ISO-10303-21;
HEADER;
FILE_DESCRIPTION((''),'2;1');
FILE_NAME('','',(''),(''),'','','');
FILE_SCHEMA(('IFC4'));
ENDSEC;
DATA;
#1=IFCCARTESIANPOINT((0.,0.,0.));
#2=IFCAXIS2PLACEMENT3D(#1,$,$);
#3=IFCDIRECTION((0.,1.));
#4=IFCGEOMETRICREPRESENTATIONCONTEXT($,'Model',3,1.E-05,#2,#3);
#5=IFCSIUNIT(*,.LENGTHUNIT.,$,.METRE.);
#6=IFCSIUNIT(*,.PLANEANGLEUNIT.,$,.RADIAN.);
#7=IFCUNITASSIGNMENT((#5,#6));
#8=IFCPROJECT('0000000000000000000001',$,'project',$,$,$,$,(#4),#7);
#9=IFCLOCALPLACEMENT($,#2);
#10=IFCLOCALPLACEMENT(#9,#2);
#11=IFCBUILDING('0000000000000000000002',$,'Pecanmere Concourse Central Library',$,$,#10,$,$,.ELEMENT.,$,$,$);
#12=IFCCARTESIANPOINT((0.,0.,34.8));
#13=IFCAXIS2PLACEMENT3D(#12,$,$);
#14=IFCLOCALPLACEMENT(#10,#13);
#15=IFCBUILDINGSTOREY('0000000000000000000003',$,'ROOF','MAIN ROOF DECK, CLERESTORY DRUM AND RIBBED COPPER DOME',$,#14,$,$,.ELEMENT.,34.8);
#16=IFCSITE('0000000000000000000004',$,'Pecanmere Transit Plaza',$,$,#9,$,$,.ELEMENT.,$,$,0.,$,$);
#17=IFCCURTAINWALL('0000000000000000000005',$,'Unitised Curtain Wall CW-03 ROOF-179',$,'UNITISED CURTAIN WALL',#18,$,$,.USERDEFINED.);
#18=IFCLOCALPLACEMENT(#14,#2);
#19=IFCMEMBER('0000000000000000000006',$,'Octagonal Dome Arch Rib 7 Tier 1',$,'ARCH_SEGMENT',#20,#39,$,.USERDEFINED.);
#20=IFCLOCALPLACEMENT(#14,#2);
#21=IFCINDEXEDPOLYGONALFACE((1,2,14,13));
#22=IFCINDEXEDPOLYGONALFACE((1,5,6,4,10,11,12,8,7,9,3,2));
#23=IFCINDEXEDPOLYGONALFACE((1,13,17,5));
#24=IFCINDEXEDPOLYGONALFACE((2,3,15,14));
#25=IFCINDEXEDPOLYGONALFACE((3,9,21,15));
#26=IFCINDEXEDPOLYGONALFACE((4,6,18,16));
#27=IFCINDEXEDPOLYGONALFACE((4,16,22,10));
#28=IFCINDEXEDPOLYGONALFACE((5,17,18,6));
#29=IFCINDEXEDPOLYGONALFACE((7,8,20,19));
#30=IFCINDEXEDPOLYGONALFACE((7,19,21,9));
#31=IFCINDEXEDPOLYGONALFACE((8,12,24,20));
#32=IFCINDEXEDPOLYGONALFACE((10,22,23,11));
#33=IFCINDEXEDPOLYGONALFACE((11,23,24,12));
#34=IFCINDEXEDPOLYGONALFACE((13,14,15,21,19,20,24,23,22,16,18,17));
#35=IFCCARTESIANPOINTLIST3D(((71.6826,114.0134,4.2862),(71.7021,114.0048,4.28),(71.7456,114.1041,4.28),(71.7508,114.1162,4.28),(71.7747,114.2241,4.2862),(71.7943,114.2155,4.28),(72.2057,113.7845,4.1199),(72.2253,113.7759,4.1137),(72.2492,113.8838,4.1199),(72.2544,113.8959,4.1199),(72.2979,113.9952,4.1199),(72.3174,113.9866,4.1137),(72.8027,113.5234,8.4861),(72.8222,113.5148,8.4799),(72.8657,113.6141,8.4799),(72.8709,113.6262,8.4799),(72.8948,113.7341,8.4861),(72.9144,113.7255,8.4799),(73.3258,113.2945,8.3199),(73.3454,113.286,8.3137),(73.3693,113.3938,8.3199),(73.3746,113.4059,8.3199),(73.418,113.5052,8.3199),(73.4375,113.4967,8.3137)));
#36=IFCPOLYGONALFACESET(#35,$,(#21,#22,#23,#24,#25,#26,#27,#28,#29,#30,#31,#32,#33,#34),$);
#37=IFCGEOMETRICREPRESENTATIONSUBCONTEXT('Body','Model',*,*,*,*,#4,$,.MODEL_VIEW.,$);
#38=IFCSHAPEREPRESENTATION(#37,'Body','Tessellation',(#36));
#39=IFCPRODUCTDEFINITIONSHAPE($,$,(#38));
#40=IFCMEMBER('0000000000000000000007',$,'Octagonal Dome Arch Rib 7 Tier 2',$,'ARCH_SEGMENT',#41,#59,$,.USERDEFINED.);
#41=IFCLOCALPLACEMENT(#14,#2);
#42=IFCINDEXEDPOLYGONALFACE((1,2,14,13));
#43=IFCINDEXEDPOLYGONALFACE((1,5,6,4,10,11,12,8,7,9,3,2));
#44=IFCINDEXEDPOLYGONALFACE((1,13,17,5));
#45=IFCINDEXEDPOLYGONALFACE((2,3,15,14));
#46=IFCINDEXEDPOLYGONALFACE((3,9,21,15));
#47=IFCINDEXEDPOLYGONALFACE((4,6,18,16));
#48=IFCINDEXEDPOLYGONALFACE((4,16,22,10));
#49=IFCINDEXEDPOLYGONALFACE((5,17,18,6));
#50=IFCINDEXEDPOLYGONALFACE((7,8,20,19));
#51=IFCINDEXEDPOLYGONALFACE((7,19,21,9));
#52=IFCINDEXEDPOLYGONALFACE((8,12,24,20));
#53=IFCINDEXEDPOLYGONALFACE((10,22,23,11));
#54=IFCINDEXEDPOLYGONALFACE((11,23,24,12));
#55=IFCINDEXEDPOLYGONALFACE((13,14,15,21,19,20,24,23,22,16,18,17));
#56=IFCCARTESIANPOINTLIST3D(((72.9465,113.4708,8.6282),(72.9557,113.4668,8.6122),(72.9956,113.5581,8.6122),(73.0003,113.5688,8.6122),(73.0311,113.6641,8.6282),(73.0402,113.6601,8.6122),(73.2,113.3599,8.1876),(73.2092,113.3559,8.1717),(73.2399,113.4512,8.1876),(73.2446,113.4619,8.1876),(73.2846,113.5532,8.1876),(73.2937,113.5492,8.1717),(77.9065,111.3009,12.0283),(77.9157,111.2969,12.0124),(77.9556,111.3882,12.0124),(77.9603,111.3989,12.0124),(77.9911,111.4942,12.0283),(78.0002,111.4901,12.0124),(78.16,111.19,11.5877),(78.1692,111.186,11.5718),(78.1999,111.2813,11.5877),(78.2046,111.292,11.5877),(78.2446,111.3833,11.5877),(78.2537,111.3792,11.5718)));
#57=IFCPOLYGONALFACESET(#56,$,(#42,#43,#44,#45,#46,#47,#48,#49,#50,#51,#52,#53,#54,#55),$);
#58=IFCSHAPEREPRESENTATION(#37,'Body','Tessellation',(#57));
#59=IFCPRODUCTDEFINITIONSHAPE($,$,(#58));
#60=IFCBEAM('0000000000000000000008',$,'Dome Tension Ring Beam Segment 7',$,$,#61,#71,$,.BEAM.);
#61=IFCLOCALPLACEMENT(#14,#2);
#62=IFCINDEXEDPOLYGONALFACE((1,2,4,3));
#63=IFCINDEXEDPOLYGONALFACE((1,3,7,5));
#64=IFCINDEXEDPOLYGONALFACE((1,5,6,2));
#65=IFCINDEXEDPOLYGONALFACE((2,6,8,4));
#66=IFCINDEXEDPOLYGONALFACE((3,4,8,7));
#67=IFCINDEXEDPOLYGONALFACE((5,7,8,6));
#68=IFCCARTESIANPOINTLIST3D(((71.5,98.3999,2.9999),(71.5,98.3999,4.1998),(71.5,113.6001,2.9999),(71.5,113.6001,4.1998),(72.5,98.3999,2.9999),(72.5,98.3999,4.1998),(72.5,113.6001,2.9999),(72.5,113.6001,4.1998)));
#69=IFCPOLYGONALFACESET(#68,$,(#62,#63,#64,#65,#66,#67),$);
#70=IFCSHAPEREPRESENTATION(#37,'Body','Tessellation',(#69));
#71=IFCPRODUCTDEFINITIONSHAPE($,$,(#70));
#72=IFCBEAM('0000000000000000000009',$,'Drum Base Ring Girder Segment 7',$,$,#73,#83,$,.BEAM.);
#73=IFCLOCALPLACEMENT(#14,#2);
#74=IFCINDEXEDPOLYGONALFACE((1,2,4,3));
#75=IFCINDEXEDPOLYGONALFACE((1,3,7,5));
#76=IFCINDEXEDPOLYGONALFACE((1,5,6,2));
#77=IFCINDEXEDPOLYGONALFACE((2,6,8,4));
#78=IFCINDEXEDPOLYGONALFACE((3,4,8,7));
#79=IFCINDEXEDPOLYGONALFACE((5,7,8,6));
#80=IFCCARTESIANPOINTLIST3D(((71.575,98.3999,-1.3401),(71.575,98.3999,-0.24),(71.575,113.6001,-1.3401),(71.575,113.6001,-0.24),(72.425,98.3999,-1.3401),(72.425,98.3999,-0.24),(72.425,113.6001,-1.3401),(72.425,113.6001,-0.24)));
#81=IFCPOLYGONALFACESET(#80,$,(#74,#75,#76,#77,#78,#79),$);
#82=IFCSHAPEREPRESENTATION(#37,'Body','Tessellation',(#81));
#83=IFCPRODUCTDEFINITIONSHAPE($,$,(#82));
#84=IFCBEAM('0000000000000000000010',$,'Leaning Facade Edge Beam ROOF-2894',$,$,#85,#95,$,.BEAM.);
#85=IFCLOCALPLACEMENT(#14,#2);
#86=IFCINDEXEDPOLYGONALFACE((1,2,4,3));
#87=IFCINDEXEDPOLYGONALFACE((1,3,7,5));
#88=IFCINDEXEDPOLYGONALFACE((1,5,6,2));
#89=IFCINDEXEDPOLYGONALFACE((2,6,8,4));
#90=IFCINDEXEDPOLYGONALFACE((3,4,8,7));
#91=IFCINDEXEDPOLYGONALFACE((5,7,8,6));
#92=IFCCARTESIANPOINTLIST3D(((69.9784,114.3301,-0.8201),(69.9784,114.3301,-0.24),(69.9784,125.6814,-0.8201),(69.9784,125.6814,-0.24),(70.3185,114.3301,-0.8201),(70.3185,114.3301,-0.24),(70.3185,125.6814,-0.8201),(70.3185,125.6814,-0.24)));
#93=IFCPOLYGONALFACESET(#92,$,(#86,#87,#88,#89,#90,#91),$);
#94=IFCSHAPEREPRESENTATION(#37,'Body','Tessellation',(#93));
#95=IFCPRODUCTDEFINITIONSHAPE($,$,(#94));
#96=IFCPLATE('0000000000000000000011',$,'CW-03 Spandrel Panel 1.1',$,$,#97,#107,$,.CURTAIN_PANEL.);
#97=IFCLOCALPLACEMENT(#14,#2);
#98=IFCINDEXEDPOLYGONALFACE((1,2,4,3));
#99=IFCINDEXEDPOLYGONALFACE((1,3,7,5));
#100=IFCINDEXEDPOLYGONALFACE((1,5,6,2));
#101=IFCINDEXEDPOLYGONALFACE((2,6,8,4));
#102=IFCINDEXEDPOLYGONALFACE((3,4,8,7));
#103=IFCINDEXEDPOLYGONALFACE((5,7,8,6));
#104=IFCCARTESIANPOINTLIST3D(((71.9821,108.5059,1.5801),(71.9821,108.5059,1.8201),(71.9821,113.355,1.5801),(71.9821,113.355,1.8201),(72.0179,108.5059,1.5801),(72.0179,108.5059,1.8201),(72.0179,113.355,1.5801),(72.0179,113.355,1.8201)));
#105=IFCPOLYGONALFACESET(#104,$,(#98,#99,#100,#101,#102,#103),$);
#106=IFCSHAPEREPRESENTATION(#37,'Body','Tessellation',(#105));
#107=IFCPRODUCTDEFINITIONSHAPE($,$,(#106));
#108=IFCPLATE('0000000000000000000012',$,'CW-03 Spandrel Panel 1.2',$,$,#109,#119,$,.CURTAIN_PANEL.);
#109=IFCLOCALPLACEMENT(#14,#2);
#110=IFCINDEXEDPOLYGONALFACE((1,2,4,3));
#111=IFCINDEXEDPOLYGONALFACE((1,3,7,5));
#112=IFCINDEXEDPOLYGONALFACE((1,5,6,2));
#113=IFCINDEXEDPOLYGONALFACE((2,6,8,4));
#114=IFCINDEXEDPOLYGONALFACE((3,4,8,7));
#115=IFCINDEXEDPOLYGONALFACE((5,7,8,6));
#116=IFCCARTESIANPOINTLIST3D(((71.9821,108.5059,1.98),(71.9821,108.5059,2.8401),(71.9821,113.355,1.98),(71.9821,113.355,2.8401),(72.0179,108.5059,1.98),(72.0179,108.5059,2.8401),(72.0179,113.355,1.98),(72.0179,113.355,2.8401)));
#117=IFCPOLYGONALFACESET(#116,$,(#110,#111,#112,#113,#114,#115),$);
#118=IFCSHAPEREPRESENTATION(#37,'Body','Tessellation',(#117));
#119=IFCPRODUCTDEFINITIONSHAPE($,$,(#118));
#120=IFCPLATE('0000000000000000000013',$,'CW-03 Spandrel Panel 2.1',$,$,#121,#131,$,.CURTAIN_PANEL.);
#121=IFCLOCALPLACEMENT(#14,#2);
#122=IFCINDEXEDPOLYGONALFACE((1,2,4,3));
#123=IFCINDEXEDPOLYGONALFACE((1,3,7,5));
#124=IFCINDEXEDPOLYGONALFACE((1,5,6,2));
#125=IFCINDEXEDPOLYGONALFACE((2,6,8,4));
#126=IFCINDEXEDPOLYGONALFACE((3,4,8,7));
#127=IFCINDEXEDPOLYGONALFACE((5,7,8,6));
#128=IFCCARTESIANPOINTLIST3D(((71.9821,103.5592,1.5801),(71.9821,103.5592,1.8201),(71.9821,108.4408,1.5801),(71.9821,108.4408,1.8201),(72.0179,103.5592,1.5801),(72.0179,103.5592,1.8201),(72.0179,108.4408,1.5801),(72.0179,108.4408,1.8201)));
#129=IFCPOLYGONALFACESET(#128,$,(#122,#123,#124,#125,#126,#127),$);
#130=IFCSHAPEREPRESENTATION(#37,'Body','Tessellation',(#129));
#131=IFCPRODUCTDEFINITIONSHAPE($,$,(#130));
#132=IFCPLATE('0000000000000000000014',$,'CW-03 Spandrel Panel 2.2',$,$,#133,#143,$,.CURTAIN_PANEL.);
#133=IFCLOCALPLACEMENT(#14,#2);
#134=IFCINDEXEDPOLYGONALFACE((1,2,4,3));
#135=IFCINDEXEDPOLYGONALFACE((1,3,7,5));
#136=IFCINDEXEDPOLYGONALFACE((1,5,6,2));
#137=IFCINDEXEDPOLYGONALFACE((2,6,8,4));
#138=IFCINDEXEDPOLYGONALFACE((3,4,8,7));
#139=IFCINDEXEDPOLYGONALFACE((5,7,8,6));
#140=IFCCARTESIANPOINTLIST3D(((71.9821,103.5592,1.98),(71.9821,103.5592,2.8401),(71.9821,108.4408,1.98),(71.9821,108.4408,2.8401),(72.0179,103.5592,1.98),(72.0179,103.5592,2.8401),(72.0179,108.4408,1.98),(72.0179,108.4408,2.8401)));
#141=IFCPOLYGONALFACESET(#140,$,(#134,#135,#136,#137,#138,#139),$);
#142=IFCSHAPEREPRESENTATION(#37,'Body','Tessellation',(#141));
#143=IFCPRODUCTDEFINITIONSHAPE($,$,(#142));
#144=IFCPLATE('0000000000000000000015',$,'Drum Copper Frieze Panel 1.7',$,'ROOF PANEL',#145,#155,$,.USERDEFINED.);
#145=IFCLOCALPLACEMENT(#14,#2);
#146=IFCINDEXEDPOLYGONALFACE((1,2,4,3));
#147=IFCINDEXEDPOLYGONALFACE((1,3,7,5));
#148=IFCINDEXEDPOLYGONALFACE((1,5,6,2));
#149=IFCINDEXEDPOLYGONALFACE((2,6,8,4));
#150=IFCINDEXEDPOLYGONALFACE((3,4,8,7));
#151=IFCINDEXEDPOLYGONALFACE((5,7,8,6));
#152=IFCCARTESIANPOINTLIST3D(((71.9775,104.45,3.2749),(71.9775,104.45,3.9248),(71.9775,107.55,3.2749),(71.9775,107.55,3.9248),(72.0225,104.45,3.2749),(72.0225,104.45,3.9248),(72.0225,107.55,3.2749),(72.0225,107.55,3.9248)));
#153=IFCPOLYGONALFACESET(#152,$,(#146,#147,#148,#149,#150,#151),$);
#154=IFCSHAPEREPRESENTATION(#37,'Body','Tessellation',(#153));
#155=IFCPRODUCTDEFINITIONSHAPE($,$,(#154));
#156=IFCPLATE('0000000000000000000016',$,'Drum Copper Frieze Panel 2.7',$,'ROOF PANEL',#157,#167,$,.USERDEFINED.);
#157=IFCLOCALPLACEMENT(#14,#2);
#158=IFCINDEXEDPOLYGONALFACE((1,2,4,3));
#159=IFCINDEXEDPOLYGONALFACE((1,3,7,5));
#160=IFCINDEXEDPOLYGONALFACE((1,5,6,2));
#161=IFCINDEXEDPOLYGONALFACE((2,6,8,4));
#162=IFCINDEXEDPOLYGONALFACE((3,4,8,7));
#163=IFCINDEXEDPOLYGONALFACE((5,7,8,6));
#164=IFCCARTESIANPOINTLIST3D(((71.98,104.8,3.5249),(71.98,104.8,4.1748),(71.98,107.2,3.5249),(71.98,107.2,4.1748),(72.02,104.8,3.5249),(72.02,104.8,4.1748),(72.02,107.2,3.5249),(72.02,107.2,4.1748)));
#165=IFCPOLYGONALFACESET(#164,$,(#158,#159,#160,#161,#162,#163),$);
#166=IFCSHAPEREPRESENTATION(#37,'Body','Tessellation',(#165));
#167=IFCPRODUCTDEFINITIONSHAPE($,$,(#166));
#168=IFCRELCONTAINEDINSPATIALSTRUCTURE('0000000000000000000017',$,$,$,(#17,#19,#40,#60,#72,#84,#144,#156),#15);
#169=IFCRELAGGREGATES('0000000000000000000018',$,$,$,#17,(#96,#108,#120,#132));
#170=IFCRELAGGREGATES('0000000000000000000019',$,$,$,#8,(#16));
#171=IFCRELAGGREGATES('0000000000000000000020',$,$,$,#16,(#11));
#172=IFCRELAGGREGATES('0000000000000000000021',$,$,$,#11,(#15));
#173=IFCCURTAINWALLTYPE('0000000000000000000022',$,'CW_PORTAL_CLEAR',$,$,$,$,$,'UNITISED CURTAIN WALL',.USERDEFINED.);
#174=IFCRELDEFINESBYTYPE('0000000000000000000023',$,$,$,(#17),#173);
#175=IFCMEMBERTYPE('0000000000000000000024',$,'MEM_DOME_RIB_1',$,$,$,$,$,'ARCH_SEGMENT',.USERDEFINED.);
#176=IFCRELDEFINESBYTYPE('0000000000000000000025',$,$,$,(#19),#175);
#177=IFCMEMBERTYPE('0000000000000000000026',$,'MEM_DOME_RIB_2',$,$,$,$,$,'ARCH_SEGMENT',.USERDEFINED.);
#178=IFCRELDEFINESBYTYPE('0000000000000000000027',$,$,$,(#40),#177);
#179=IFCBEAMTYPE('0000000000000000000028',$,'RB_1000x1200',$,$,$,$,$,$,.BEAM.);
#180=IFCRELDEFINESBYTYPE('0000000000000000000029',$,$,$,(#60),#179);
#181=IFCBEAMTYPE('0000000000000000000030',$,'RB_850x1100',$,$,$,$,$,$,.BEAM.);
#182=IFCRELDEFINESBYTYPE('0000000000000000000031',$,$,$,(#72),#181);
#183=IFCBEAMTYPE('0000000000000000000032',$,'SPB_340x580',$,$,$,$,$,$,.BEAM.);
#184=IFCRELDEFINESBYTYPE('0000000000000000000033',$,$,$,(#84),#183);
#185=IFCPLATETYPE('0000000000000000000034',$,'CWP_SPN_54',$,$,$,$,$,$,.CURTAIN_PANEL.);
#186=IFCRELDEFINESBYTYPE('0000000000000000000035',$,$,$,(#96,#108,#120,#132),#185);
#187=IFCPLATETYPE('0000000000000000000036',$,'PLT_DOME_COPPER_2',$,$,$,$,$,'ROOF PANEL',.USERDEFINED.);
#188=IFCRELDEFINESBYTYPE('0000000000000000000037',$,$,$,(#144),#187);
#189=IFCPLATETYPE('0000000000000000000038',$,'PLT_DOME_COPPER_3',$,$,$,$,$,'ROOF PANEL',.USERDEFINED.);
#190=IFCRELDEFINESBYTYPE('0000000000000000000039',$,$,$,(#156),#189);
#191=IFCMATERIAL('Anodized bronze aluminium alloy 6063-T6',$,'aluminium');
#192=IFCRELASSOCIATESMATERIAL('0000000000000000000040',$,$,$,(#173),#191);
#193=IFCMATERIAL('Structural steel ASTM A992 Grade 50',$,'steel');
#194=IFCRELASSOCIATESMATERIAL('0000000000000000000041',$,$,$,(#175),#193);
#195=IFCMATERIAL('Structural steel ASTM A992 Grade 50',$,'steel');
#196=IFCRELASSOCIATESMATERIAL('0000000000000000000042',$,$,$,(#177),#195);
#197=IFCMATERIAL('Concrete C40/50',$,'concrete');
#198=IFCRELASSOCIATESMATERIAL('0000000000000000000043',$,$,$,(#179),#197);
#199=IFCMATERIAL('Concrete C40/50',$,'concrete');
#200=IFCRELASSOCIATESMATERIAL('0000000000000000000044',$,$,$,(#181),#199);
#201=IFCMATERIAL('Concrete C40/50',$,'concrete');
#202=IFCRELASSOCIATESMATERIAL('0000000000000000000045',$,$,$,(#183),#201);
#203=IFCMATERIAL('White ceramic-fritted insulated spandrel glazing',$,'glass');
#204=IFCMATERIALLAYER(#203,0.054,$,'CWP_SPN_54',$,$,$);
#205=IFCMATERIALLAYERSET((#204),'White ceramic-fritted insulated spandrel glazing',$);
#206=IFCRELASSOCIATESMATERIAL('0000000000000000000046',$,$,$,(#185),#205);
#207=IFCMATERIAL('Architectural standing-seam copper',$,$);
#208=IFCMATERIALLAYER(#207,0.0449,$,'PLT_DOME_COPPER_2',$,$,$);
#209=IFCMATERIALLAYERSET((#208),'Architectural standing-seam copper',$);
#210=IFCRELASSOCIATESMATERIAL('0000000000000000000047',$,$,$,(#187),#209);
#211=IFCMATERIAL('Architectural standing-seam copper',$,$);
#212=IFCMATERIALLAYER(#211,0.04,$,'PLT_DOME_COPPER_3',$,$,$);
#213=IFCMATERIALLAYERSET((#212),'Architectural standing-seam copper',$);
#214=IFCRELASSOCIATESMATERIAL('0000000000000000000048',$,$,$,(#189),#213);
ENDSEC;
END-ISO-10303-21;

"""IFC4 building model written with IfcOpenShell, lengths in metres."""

from ifc_helpers import new_model, si_unit, direction, frame, origin, origin_2d, place, context, subcontext, project, spatial, rectangle, i_section, extrude, material, layer, layer_set, material_profile, profile_set, type_object, element, aggregate, save


model = new_model("IFC4")

# Units and contexts
model_context = context("Model", 3, precision=1e-05, world=origin(), true_north=direction((0.0, 1.0)))
body_context = subcontext(model_context, "Body", "Model", "MODEL_VIEW")
ifc_project = project(units=[si_unit("LENGTHUNIT", "METRE"), si_unit("PLANEANGLEUNIT", "RADIAN")], contexts=[model_context])

# Site, building, storey
site_placement = place(None, origin())
site = spatial("IfcSite", under=ifc_project, at=site_placement, Name="Pecanmere Transit Plaza", CompositionType="ELEMENT", RefElevation=0.0)
building_placement = place(site_placement, origin())
building = spatial("IfcBuilding", under=site, at=building_placement, Name="Pecanmere Concourse Central Library", CompositionType="ELEMENT")
storey_placement = place(building_placement, frame((0.0, 0.0, 34.8)))
storey = spatial("IfcBuildingStorey", under=building, at=storey_placement, Name="ROOF", Description="MAIN ROOF DECK, CLERESTORY DRUM AND RIBBED COPPER DOME", CompositionType="ELEMENT", Elevation=34.8)

# Curtain wall
ifc_material_1 = material(Name="Anodized bronze aluminium alloy 6063-T6", Category="aluminium")
curtain_wall_type = type_object("IfcCurtainWallType", Name="CW_PORTAL_CLEAR", ElementType="UNITISED CURTAIN WALL", PredefinedType="USERDEFINED", material=ifc_material_1)
curtain_wall_placement = place(storey_placement, origin())
curtain_wall = element("IfcCurtainWall", 1, at=curtain_wall_placement, inside=storey, type_object=curtain_wall_type, Name="Unitised Curtain Wall CW-03 ROOF-179", ObjectType="UNITISED CURTAIN WALL", PredefinedType="USERDEFINED")

# Members
ifc_material_2 = material(Name="Structural steel ASTM A992 Grade 50", Category="steel")
ifc_material_profile_1 = material_profile(ifc_material_2, i_section(OverallWidth=0.23, OverallDepth=0.6169, WebThickness=0.0132, FlangeThickness=0.0222, at=origin_2d()), Name="W610x140")
ifc_profile_set_1 = profile_set([ifc_material_profile_1], Name="Structural steel ASTM A992 Grade 50")
member_type_1 = type_object("IfcMemberType", Name="MEM_DOME_RIB_1", ElementType="ARCH_SEGMENT", PredefinedType="USERDEFINED", material=ifc_profile_set_1)
member_1_placement = place(storey_placement, frame((72.0, 114.0, 4.2), z_axis=(0.256069, -0.112016, 0.960146), x_axis=(0.400777, 0.916176, 0.0)))
element("IfcMember", 2, at=member_1_placement, inside=storey, type_object=member_type_1, Name="Octagonal Dome Arch Rib 7 Tier 1", ObjectType="ARCH_SEGMENT", PredefinedType="USERDEFINED", context=body_context, shape_type="SweptSolid", body=[
    extrude(i_section(OverallWidth=0.23, OverallDepth=0.6169, WebThickness=0.0132, FlangeThickness=0.0222, at=origin_2d()), origin(), (0.0, 0.0, 1.0), 4.3743),
])
ifc_material_3 = material(Name="Structural steel ASTM A992 Grade 50", Category="steel")
ifc_material_profile_2 = material_profile(ifc_material_3, i_section(OverallWidth=0.2109, OverallDepth=0.5391, WebThickness=0.0117, FlangeThickness=0.0188, at=origin_2d()), Name="W530x109")
ifc_profile_set_2 = profile_set([ifc_material_profile_2], Name="Structural steel ASTM A992 Grade 50")
member_type_2 = type_object("IfcMemberType", Name="MEM_DOME_RIB_2", ElementType="ARCH_SEGMENT", PredefinedType="USERDEFINED", material=ifc_profile_set_2)
member_2_placement = place(storey_placement, frame((73.1201, 113.51, 8.3999), z_axis=(0.775839, -0.33942, 0.531853), x_axis=(0.400809, 0.916161, 0.0)))
element("IfcMember", 3, at=member_2_placement, inside=storey, type_object=member_type_2, Name="Octagonal Dome Arch Rib 7 Tier 2", ObjectType="ARCH_SEGMENT", PredefinedType="USERDEFINED", context=body_context, shape_type="SweptSolid", body=[
    extrude(i_section(OverallWidth=0.2109, OverallDepth=0.5391, WebThickness=0.0117, FlangeThickness=0.0188, at=origin_2d()), origin(), (0.0, 0.0, 1.0), 6.3931),
])

# Beams
ifc_material_4 = material(Name="Concrete C40/50", Category="concrete")
ifc_material_profile_3 = material_profile(ifc_material_4, rectangle(XDim=1.0, YDim=1.2, at=origin_2d()), Name="RC 1000x1200")
ifc_profile_set_3 = profile_set([ifc_material_profile_3], Name="Concrete C40/50")
beam_type_1 = type_object("IfcBeamType", Name="RB_1000x1200", PredefinedType="BEAM", material=ifc_profile_set_3)
beam_1_placement = place(storey_placement, frame((72.0, 113.6001, 3.5999), z_axis=(0.0, -1.0, 0.0), x_axis=(1.0, 0.0, 0.0)))
element("IfcBeam", 4, at=beam_1_placement, inside=storey, type_object=beam_type_1, Name="Dome Tension Ring Beam Segment 7", PredefinedType="BEAM", context=body_context, shape_type="SweptSolid", body=[
    extrude(rectangle(XDim=1.0, YDim=1.2, at=origin_2d()), origin(), (0.0, 0.0, 1.0), 15.2002),
])
ifc_material_5 = material(Name="Concrete C40/50", Category="concrete")
ifc_material_profile_4 = material_profile(ifc_material_5, rectangle(XDim=0.8501, YDim=1.1001, at=origin_2d()), Name="RC 850x1100")
ifc_profile_set_4 = profile_set([ifc_material_profile_4], Name="Concrete C40/50")
beam_type_2 = type_object("IfcBeamType", Name="RB_850x1100", PredefinedType="BEAM", material=ifc_profile_set_4)
beam_2_placement = place(storey_placement, frame((72.0, 113.6001, -0.79), z_axis=(0.0, -1.0, 0.0), x_axis=(1.0, 0.0, 0.0)))
element("IfcBeam", 5, at=beam_2_placement, inside=storey, type_object=beam_type_2, Name="Drum Base Ring Girder Segment 7", PredefinedType="BEAM", context=body_context, shape_type="SweptSolid", body=[
    extrude(rectangle(XDim=0.8501, YDim=1.1001, at=origin_2d()), origin(), (0.0, 0.0, 1.0), 15.2002),
])
ifc_material_6 = material(Name="Concrete C40/50", Category="concrete")
ifc_material_profile_5 = material_profile(ifc_material_6, rectangle(XDim=0.3401, YDim=0.5801, at=origin_2d()), Name="RC 340x580")
ifc_profile_set_5 = profile_set([ifc_material_profile_5], Name="Concrete C40/50")
beam_type_3 = type_object("IfcBeamType", Name="SPB_340x580", PredefinedType="BEAM", material=ifc_profile_set_5)
beam_3_placement = place(storey_placement, frame((70.1484, 114.3301, -0.53), z_axis=(0.0, 1.0, 0.0), x_axis=(-1.0, 0.0, 0.0)))
element("IfcBeam", 6, at=beam_3_placement, inside=storey, type_object=beam_type_3, Name="Leaning Facade Edge Beam ROOF-2894", PredefinedType="BEAM", context=body_context, shape_type="SweptSolid", body=[
    extrude(rectangle(XDim=0.3401, YDim=0.5801, at=origin_2d()), origin(), (0.0, 0.0, 1.0), 11.3513),
])

# Plates
ifc_material_7 = material(Name="White ceramic-fritted insulated spandrel glazing", Category="glass")
ifc_layer_1 = layer(ifc_material_7, 0.054, Name="CWP_SPN_54")
ifc_layer_set_1 = layer_set([ifc_layer_1], Name="White ceramic-fritted insulated spandrel glazing")
plate_type_1 = type_object("IfcPlateType", Name="CWP_SPN_54", PredefinedType="CURTAIN_PANEL", material=ifc_layer_set_1)
plate_1_placement = place(storey_placement, frame((72.0, 110.9304, 1.5801), z_axis=(0.0, 0.0, 1.0), x_axis=(0.0, -1.0, 0.0)))
plate_1 = element("IfcPlate", 7, at=plate_1_placement, type_object=plate_type_1, Name="CW-03 Spandrel Panel 1.1", PredefinedType="CURTAIN_PANEL", context=body_context, shape_type="SweptSolid", body=[
    extrude(rectangle(XDim=4.8491, YDim=0.0359, at=origin_2d()), origin(), (0.0, 0.0, 1.0), 0.24),
])
plate_2_placement = place(storey_placement, frame((72.0, 110.9304, 1.98), z_axis=(0.0, 0.0, 1.0), x_axis=(0.0, -1.0, 0.0)))
plate_2 = element("IfcPlate", 8, at=plate_2_placement, type_object=plate_type_1, Name="CW-03 Spandrel Panel 1.2", PredefinedType="CURTAIN_PANEL", context=body_context, shape_type="SweptSolid", body=[
    extrude(rectangle(XDim=4.8491, YDim=0.0359, at=origin_2d()), origin(), (0.0, 0.0, 1.0), 0.8601),
])
plate_3_placement = place(storey_placement, frame((72.0, 106.0, 1.5801), z_axis=(0.0, 0.0, 1.0), x_axis=(0.0, -1.0, 0.0)))
plate_3 = element("IfcPlate", 9, at=plate_3_placement, type_object=plate_type_1, Name="CW-03 Spandrel Panel 2.1", PredefinedType="CURTAIN_PANEL", context=body_context, shape_type="SweptSolid", body=[
    extrude(rectangle(XDim=4.8816, YDim=0.0359, at=origin_2d()), origin(), (0.0, 0.0, 1.0), 0.24),
])
plate_4_placement = place(storey_placement, frame((72.0, 106.0, 1.98), z_axis=(0.0, 0.0, 1.0), x_axis=(0.0, -1.0, 0.0)))
plate_4 = element("IfcPlate", 10, at=plate_4_placement, type_object=plate_type_1, Name="CW-03 Spandrel Panel 2.2", PredefinedType="CURTAIN_PANEL", context=body_context, shape_type="SweptSolid", body=[
    extrude(rectangle(XDim=4.8816, YDim=0.0359, at=origin_2d()), origin(), (0.0, 0.0, 1.0), 0.8601),
])
aggregate(curtain_wall, [plate_1, plate_2, plate_3, plate_4])

# Plates
ifc_material_8 = material(Name="Architectural standing-seam copper")
ifc_layer_2 = layer(ifc_material_8, 0.0449, Name="PLT_DOME_COPPER_2")
ifc_layer_set_2 = layer_set([ifc_layer_2], Name="Architectural standing-seam copper")
plate_type_2 = type_object("IfcPlateType", Name="PLT_DOME_COPPER_2", ElementType="ROOF PANEL", PredefinedType="USERDEFINED", material=ifc_layer_set_2)
plate_5_placement = place(storey_placement, frame((72.0, 106.0, 3.2749), z_axis=(0.0, 0.0, 1.0), x_axis=(0.0, -1.0, 0.0)))
element("IfcPlate", 11, at=plate_5_placement, inside=storey, type_object=plate_type_2, Name="Drum Copper Frieze Panel 1.7", ObjectType="ROOF PANEL", PredefinedType="USERDEFINED", context=body_context, shape_type="SweptSolid", body=[
    extrude(rectangle(XDim=3.1001, YDim=0.0449, at=origin_2d()), origin(), (0.0, 0.0, 1.0), 0.6499),
])
ifc_material_9 = material(Name="Architectural standing-seam copper")
ifc_layer_3 = layer(ifc_material_9, 0.04, Name="PLT_DOME_COPPER_3")
ifc_layer_set_3 = layer_set([ifc_layer_3], Name="Architectural standing-seam copper")
plate_type_3 = type_object("IfcPlateType", Name="PLT_DOME_COPPER_3", ElementType="ROOF PANEL", PredefinedType="USERDEFINED", material=ifc_layer_set_3)
plate_6_placement = place(storey_placement, frame((72.0, 106.0, 3.5249), z_axis=(0.0, 0.0, 1.0), x_axis=(0.0, -1.0, 0.0)))
element("IfcPlate", 12, at=plate_6_placement, inside=storey, type_object=plate_type_3, Name="Drum Copper Frieze Panel 2.7", ObjectType="ROOF PANEL", PredefinedType="USERDEFINED", context=body_context, shape_type="SweptSolid", body=[
    extrude(rectangle(XDim=2.3999, YDim=0.04, at=origin_2d()), origin(), (0.0, 0.0, 1.0), 0.6499),
])

save(model, "model.ifc")
